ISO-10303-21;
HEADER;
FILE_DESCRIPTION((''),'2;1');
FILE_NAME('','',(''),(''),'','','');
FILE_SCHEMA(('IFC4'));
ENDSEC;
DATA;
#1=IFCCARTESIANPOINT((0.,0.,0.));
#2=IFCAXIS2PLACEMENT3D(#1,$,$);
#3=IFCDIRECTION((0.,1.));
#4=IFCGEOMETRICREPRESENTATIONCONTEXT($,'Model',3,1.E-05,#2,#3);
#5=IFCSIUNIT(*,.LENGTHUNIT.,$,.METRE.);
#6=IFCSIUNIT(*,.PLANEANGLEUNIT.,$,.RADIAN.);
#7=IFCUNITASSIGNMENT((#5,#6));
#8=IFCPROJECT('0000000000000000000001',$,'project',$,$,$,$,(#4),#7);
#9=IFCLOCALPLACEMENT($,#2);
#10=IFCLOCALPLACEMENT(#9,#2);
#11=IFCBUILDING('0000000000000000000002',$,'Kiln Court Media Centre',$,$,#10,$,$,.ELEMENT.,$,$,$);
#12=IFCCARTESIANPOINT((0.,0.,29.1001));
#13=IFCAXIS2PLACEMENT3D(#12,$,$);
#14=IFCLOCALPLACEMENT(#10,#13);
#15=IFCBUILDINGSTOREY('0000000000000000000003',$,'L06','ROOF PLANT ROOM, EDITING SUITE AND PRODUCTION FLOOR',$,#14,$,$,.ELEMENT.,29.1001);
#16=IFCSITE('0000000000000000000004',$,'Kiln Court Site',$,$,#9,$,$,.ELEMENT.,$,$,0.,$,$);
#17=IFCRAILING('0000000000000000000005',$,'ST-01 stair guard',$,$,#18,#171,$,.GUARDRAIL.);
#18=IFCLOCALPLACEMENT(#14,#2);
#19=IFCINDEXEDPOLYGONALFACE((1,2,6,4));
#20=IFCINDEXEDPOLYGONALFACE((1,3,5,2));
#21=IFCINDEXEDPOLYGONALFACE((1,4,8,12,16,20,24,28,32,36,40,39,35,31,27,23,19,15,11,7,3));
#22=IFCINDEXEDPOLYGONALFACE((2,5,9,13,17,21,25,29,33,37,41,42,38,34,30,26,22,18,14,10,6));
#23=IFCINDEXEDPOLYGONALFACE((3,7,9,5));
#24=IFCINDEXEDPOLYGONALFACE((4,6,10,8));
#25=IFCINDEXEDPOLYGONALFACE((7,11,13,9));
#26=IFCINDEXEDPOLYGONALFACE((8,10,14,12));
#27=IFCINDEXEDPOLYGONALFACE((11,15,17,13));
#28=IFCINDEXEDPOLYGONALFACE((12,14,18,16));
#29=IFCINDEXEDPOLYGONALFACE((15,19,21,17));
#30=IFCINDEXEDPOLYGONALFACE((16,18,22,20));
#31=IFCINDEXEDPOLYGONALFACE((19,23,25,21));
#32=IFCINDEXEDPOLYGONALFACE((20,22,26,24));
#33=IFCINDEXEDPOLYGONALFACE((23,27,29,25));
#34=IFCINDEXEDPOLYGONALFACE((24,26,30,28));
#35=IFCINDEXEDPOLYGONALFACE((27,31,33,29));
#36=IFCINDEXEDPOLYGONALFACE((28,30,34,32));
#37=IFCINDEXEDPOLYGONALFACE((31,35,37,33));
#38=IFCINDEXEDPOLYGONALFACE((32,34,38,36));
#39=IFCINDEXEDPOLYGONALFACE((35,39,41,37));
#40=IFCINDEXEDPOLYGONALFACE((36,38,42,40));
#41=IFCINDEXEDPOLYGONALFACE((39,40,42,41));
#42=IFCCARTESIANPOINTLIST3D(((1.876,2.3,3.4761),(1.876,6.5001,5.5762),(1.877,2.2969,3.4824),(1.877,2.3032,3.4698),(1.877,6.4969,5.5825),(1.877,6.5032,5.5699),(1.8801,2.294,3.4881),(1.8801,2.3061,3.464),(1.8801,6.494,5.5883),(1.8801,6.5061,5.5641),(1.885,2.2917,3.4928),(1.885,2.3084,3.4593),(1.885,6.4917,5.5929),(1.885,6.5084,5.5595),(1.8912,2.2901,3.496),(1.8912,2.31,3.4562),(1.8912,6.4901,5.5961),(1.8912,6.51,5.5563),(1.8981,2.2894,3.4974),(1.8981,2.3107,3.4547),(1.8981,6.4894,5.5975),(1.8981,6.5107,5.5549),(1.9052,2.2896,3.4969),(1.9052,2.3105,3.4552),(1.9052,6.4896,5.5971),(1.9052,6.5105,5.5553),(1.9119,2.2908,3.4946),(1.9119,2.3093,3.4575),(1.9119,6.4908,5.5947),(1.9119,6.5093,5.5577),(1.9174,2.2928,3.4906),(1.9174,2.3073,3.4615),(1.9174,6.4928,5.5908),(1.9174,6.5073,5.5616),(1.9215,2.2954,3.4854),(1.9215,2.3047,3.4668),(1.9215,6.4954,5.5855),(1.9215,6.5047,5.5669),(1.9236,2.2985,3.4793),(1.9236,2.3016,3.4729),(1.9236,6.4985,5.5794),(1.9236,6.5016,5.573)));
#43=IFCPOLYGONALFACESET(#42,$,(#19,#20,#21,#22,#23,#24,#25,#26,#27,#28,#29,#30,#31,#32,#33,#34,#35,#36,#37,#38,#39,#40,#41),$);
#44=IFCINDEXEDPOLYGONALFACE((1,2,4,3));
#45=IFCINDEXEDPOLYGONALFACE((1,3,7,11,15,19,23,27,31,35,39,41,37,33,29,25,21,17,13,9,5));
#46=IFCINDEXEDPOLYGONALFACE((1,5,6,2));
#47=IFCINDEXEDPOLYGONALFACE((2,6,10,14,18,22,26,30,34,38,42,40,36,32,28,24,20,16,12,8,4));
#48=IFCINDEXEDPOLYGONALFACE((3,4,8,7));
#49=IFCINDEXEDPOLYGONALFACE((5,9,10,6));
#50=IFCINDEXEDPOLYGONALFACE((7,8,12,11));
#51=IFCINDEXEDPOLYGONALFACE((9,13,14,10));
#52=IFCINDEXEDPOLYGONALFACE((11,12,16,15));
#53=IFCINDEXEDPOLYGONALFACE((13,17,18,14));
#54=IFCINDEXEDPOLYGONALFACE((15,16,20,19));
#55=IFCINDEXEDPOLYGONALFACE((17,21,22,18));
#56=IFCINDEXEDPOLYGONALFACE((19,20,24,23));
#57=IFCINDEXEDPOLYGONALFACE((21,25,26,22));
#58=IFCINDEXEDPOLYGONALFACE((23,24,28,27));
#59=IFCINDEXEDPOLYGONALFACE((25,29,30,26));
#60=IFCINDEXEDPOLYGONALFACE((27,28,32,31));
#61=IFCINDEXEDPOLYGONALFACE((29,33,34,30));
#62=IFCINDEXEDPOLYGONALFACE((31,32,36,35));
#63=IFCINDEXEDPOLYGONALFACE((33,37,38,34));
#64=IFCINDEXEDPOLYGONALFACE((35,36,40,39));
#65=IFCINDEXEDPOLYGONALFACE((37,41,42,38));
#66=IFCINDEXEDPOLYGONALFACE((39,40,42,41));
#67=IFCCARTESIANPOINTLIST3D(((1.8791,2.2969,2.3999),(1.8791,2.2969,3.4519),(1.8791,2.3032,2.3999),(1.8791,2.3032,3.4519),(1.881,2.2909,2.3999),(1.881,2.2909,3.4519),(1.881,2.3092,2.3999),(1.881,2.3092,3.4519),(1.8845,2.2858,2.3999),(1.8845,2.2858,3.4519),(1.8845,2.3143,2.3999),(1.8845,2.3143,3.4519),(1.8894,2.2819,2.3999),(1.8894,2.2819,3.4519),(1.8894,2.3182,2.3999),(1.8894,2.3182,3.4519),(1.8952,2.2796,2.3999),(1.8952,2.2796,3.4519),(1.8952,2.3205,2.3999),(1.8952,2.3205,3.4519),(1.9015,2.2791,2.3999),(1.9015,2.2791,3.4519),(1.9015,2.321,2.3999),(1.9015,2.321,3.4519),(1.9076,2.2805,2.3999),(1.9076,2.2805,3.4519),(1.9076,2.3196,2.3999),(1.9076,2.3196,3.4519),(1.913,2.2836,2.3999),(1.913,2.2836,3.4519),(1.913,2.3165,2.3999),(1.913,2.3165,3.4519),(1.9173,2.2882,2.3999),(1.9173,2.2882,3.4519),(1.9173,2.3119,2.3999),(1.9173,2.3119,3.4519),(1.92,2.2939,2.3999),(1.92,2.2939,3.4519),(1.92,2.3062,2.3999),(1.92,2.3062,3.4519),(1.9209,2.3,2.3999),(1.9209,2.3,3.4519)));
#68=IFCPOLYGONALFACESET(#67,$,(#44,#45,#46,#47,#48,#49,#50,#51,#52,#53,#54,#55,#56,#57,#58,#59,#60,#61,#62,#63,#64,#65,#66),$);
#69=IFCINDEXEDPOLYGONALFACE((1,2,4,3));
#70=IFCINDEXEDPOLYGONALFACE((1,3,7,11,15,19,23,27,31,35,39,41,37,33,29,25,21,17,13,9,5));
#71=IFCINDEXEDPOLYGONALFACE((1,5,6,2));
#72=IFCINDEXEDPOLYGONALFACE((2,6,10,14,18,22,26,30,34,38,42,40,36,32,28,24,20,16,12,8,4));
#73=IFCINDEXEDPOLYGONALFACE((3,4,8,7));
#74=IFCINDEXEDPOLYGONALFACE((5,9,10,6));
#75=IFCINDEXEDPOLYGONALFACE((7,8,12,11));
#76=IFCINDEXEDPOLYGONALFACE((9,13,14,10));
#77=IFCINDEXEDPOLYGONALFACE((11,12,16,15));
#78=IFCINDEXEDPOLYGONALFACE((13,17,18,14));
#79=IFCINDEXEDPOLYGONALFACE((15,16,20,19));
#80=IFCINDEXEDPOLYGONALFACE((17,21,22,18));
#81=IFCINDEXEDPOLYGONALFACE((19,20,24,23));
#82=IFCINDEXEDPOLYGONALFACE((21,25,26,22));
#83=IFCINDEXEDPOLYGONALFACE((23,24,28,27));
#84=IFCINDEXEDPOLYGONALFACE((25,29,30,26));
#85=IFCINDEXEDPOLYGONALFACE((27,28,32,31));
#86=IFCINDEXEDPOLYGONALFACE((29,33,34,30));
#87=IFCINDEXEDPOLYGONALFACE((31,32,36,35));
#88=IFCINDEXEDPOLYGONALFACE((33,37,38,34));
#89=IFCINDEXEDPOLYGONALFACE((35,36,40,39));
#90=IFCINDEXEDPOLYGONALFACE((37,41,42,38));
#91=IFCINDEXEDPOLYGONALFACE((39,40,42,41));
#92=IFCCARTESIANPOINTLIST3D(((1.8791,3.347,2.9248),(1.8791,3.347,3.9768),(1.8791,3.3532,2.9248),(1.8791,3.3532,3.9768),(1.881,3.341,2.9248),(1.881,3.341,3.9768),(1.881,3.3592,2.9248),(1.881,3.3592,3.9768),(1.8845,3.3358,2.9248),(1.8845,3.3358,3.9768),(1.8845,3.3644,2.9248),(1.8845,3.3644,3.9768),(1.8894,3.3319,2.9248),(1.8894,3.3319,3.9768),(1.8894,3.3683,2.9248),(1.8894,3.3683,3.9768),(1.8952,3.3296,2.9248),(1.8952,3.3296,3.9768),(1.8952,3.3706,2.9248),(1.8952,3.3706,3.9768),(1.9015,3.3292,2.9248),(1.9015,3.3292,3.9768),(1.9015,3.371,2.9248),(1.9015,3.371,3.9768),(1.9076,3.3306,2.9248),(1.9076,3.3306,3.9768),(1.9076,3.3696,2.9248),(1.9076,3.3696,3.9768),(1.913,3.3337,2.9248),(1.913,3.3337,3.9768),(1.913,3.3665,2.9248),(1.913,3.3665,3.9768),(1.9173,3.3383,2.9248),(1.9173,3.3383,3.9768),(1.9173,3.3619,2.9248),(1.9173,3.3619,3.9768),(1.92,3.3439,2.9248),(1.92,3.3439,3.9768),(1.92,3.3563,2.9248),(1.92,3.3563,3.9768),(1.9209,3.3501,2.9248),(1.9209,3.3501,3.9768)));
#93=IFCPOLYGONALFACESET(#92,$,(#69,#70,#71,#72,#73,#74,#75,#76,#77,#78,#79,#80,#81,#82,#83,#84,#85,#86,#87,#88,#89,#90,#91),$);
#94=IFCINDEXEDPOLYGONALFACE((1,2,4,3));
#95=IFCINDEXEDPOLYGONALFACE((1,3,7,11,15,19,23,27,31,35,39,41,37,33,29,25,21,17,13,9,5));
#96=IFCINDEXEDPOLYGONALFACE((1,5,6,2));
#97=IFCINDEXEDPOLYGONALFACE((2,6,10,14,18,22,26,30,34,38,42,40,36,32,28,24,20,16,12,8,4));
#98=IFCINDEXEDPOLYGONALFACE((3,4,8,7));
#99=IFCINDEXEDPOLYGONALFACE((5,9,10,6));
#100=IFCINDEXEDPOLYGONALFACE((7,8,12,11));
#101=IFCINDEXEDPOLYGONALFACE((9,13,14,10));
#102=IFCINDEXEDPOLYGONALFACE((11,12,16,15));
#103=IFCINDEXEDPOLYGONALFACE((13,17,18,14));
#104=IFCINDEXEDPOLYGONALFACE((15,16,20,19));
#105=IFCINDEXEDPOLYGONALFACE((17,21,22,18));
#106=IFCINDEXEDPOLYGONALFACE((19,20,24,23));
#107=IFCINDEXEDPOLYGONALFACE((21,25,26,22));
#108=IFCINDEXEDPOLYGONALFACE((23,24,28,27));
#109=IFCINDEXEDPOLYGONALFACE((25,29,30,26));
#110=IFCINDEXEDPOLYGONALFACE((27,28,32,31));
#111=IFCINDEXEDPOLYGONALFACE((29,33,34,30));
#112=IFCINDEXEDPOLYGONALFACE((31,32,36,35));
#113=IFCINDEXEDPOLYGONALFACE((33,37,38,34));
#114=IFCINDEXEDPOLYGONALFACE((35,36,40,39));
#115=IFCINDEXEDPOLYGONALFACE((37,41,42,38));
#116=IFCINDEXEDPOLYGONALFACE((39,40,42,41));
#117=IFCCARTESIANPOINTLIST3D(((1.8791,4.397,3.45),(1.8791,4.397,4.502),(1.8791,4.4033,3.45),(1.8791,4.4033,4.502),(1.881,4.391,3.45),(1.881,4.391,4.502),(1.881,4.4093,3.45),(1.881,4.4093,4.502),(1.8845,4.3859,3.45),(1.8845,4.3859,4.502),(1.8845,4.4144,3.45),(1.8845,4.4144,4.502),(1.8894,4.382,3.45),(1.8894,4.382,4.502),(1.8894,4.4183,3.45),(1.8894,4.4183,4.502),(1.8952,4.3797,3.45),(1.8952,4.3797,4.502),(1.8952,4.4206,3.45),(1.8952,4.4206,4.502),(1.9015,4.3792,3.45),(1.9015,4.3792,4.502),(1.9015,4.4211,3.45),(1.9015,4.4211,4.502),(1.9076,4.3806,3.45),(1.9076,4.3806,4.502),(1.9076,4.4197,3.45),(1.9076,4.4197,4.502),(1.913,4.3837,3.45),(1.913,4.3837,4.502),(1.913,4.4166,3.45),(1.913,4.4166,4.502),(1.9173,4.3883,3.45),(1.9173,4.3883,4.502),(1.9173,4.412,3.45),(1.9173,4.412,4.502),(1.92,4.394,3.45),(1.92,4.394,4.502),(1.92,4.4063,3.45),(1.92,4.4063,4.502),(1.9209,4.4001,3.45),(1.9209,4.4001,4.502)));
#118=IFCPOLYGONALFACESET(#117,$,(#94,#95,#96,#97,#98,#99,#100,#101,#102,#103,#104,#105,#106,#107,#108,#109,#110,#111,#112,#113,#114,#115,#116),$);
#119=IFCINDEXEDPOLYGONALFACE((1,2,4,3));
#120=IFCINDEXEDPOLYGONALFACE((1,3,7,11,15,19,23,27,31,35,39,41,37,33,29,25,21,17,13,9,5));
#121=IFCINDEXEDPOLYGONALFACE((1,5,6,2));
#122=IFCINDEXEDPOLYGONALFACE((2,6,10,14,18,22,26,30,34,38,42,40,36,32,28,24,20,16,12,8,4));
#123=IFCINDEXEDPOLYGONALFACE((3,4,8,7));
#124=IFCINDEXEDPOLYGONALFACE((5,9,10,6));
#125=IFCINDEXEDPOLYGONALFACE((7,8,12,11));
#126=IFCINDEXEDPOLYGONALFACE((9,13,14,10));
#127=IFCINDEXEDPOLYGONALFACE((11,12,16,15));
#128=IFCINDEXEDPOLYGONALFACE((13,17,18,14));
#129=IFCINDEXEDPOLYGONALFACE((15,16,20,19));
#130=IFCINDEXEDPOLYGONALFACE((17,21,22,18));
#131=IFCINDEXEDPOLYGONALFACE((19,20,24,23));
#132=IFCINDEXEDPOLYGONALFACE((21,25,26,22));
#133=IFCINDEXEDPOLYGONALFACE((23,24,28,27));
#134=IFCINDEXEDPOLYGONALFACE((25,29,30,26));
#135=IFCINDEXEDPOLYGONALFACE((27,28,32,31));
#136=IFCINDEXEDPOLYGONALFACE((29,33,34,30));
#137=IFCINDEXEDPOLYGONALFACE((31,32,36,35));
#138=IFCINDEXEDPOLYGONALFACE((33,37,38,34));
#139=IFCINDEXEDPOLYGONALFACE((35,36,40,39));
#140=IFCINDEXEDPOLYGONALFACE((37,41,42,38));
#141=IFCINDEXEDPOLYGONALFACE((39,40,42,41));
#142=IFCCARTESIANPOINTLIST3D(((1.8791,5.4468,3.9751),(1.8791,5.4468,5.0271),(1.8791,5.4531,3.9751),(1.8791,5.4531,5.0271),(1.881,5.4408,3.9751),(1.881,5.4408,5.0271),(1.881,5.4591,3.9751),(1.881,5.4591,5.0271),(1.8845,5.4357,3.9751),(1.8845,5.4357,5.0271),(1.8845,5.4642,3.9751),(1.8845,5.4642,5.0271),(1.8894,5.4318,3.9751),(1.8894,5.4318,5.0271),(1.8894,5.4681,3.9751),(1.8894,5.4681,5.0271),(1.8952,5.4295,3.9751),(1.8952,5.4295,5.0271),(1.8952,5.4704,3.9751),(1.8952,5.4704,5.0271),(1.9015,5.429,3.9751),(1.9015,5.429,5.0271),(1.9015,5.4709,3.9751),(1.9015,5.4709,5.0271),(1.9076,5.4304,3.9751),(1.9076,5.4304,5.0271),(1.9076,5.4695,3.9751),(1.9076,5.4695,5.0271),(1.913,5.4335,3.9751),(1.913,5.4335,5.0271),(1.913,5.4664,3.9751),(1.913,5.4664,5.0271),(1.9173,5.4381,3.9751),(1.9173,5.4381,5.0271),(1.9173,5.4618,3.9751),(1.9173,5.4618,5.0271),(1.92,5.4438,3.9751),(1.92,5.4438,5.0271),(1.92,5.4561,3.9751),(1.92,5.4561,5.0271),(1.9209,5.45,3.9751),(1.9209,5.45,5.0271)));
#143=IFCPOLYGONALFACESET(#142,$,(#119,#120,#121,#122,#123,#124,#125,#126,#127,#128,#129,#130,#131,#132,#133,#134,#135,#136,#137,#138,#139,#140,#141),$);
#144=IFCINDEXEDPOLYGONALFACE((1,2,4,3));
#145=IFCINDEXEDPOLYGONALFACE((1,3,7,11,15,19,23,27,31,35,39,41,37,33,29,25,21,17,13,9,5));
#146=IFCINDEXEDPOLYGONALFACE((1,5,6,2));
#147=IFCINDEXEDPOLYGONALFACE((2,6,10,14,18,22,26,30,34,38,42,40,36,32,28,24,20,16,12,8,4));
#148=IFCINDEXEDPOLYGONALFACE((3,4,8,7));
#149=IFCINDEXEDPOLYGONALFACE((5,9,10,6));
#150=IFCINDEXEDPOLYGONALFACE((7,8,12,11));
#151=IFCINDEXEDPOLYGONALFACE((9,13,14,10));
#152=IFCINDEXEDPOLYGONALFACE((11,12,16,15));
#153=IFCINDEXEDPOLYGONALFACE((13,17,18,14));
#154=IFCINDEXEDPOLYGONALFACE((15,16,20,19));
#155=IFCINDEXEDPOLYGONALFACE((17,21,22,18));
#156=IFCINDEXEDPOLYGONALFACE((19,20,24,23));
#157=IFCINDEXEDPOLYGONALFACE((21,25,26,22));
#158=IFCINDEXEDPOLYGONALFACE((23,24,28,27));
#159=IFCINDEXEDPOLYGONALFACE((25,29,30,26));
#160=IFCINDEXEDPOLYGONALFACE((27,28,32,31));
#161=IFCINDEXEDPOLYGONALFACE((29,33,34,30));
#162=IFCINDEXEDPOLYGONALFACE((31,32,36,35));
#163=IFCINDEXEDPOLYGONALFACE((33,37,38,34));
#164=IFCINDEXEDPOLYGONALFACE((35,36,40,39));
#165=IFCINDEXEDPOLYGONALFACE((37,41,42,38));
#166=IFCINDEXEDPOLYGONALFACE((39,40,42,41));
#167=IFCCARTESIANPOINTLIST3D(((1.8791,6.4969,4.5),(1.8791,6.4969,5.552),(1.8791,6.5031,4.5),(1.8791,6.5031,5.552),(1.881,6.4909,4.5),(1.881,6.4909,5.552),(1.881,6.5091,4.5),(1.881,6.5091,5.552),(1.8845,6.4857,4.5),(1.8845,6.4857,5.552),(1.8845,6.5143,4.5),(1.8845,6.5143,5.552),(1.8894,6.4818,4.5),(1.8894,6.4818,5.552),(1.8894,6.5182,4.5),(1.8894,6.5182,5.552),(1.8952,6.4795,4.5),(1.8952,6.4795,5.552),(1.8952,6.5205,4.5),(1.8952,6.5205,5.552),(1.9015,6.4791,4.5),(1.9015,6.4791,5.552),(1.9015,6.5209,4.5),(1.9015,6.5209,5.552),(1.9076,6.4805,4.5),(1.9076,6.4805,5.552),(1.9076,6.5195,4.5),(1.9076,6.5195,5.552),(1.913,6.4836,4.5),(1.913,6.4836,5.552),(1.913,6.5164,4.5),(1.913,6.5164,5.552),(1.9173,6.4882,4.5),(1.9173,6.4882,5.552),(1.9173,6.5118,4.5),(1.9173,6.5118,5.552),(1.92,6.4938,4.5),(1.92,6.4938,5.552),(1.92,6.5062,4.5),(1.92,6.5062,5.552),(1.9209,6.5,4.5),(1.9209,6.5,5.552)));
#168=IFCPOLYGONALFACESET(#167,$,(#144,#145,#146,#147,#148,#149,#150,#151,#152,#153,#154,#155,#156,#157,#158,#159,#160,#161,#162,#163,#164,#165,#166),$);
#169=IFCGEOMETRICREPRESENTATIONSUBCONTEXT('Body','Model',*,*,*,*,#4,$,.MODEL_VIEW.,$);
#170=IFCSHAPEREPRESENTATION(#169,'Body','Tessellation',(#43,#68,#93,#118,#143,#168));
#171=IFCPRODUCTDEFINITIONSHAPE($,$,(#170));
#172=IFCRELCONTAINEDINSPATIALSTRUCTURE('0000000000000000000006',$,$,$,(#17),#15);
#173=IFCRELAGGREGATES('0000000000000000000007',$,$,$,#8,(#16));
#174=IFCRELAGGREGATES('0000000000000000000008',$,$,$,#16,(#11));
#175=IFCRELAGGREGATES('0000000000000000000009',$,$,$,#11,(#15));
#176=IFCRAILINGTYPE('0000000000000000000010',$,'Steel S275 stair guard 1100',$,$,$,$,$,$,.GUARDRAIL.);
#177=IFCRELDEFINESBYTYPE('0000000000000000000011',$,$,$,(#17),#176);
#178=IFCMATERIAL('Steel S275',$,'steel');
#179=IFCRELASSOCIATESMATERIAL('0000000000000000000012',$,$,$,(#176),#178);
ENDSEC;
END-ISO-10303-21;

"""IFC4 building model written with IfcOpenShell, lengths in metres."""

from ifc_helpers import new_model, si_unit, direction, frame, origin, origin_2d, place, context, subcontext, project, spatial, circle, extrude, material, type_object, element, save


model = new_model("IFC4")

# Units and contexts
model_context = context("Model", 3, precision=1e-05, world=origin(), true_north=direction((0.0, 1.0)))
body_context = subcontext(model_context, "Body", "Model", "MODEL_VIEW")
ifc_project = project(units=[si_unit("LENGTHUNIT", "METRE"), si_unit("PLANEANGLEUNIT", "RADIAN")], contexts=[model_context])

# Site, building, storey
site_placement = place(None, origin())
site = spatial("IfcSite", under=ifc_project, at=site_placement, Name="Kiln Court Site", CompositionType="ELEMENT", RefElevation=0.0)
building_placement = place(site_placement, origin())
building = spatial("IfcBuilding", under=site, at=building_placement, Name="Kiln Court Media Centre", CompositionType="ELEMENT")
storey_placement = place(building_placement, frame((0.0, 0.0, 29.1001)))
storey = spatial("IfcBuildingStorey", under=building, at=storey_placement, Name="L06", Description="ROOF PLANT ROOM, EDITING SUITE AND PRODUCTION FLOOR", CompositionType="ELEMENT", Elevation=29.1001)

# Railing
ifc_material_1 = material(Name="Steel S275", Category="steel")
railing_type_1 = type_object("IfcRailingType", Name="Steel S275 stair guard 1100", PredefinedType="GUARDRAIL", material=ifc_material_1)
railing_1_placement = place(storey_placement, frame((1.8999, 2.3, 2.3999)))
element("IfcRailing", 1, at=railing_1_placement, inside=storey, type_object=railing_type_1, Name="ST-01 stair guard", PredefinedType="GUARDRAIL", context=body_context, shape_type="SweptSolid", body=[
    extrude(circle(Radius=0.0239, at=origin_2d()), frame((0.0, 0.0, 1.0762), z_axis=(0.0, 0.894417, 0.447234), x_axis=(-1.0, 0.0, 0.0)), (0.0, 0.0, 1.0), 4.6958),
    extrude(circle(Radius=0.021, at=origin_2d()), origin(), (0.0, 0.0, 1.0), 1.052),
    extrude(circle(Radius=0.021, at=origin_2d()), frame((0.0, 1.05, 0.5249)), (0.0, 0.0, 1.0), 1.052),
    extrude(circle(Radius=0.021, at=origin_2d()), frame((0.0, 2.1001, 1.05)), (0.0, 0.0, 1.0), 1.052),
    extrude(circle(Radius=0.021, at=origin_2d()), frame((0.0, 3.1499, 1.5752)), (0.0, 0.0, 1.0), 1.052),
    extrude(circle(Radius=0.021, at=origin_2d()), frame((0.0, 4.2, 2.1001)), (0.0, 0.0, 1.0), 1.052),
])

save(model, "model.ifc")
